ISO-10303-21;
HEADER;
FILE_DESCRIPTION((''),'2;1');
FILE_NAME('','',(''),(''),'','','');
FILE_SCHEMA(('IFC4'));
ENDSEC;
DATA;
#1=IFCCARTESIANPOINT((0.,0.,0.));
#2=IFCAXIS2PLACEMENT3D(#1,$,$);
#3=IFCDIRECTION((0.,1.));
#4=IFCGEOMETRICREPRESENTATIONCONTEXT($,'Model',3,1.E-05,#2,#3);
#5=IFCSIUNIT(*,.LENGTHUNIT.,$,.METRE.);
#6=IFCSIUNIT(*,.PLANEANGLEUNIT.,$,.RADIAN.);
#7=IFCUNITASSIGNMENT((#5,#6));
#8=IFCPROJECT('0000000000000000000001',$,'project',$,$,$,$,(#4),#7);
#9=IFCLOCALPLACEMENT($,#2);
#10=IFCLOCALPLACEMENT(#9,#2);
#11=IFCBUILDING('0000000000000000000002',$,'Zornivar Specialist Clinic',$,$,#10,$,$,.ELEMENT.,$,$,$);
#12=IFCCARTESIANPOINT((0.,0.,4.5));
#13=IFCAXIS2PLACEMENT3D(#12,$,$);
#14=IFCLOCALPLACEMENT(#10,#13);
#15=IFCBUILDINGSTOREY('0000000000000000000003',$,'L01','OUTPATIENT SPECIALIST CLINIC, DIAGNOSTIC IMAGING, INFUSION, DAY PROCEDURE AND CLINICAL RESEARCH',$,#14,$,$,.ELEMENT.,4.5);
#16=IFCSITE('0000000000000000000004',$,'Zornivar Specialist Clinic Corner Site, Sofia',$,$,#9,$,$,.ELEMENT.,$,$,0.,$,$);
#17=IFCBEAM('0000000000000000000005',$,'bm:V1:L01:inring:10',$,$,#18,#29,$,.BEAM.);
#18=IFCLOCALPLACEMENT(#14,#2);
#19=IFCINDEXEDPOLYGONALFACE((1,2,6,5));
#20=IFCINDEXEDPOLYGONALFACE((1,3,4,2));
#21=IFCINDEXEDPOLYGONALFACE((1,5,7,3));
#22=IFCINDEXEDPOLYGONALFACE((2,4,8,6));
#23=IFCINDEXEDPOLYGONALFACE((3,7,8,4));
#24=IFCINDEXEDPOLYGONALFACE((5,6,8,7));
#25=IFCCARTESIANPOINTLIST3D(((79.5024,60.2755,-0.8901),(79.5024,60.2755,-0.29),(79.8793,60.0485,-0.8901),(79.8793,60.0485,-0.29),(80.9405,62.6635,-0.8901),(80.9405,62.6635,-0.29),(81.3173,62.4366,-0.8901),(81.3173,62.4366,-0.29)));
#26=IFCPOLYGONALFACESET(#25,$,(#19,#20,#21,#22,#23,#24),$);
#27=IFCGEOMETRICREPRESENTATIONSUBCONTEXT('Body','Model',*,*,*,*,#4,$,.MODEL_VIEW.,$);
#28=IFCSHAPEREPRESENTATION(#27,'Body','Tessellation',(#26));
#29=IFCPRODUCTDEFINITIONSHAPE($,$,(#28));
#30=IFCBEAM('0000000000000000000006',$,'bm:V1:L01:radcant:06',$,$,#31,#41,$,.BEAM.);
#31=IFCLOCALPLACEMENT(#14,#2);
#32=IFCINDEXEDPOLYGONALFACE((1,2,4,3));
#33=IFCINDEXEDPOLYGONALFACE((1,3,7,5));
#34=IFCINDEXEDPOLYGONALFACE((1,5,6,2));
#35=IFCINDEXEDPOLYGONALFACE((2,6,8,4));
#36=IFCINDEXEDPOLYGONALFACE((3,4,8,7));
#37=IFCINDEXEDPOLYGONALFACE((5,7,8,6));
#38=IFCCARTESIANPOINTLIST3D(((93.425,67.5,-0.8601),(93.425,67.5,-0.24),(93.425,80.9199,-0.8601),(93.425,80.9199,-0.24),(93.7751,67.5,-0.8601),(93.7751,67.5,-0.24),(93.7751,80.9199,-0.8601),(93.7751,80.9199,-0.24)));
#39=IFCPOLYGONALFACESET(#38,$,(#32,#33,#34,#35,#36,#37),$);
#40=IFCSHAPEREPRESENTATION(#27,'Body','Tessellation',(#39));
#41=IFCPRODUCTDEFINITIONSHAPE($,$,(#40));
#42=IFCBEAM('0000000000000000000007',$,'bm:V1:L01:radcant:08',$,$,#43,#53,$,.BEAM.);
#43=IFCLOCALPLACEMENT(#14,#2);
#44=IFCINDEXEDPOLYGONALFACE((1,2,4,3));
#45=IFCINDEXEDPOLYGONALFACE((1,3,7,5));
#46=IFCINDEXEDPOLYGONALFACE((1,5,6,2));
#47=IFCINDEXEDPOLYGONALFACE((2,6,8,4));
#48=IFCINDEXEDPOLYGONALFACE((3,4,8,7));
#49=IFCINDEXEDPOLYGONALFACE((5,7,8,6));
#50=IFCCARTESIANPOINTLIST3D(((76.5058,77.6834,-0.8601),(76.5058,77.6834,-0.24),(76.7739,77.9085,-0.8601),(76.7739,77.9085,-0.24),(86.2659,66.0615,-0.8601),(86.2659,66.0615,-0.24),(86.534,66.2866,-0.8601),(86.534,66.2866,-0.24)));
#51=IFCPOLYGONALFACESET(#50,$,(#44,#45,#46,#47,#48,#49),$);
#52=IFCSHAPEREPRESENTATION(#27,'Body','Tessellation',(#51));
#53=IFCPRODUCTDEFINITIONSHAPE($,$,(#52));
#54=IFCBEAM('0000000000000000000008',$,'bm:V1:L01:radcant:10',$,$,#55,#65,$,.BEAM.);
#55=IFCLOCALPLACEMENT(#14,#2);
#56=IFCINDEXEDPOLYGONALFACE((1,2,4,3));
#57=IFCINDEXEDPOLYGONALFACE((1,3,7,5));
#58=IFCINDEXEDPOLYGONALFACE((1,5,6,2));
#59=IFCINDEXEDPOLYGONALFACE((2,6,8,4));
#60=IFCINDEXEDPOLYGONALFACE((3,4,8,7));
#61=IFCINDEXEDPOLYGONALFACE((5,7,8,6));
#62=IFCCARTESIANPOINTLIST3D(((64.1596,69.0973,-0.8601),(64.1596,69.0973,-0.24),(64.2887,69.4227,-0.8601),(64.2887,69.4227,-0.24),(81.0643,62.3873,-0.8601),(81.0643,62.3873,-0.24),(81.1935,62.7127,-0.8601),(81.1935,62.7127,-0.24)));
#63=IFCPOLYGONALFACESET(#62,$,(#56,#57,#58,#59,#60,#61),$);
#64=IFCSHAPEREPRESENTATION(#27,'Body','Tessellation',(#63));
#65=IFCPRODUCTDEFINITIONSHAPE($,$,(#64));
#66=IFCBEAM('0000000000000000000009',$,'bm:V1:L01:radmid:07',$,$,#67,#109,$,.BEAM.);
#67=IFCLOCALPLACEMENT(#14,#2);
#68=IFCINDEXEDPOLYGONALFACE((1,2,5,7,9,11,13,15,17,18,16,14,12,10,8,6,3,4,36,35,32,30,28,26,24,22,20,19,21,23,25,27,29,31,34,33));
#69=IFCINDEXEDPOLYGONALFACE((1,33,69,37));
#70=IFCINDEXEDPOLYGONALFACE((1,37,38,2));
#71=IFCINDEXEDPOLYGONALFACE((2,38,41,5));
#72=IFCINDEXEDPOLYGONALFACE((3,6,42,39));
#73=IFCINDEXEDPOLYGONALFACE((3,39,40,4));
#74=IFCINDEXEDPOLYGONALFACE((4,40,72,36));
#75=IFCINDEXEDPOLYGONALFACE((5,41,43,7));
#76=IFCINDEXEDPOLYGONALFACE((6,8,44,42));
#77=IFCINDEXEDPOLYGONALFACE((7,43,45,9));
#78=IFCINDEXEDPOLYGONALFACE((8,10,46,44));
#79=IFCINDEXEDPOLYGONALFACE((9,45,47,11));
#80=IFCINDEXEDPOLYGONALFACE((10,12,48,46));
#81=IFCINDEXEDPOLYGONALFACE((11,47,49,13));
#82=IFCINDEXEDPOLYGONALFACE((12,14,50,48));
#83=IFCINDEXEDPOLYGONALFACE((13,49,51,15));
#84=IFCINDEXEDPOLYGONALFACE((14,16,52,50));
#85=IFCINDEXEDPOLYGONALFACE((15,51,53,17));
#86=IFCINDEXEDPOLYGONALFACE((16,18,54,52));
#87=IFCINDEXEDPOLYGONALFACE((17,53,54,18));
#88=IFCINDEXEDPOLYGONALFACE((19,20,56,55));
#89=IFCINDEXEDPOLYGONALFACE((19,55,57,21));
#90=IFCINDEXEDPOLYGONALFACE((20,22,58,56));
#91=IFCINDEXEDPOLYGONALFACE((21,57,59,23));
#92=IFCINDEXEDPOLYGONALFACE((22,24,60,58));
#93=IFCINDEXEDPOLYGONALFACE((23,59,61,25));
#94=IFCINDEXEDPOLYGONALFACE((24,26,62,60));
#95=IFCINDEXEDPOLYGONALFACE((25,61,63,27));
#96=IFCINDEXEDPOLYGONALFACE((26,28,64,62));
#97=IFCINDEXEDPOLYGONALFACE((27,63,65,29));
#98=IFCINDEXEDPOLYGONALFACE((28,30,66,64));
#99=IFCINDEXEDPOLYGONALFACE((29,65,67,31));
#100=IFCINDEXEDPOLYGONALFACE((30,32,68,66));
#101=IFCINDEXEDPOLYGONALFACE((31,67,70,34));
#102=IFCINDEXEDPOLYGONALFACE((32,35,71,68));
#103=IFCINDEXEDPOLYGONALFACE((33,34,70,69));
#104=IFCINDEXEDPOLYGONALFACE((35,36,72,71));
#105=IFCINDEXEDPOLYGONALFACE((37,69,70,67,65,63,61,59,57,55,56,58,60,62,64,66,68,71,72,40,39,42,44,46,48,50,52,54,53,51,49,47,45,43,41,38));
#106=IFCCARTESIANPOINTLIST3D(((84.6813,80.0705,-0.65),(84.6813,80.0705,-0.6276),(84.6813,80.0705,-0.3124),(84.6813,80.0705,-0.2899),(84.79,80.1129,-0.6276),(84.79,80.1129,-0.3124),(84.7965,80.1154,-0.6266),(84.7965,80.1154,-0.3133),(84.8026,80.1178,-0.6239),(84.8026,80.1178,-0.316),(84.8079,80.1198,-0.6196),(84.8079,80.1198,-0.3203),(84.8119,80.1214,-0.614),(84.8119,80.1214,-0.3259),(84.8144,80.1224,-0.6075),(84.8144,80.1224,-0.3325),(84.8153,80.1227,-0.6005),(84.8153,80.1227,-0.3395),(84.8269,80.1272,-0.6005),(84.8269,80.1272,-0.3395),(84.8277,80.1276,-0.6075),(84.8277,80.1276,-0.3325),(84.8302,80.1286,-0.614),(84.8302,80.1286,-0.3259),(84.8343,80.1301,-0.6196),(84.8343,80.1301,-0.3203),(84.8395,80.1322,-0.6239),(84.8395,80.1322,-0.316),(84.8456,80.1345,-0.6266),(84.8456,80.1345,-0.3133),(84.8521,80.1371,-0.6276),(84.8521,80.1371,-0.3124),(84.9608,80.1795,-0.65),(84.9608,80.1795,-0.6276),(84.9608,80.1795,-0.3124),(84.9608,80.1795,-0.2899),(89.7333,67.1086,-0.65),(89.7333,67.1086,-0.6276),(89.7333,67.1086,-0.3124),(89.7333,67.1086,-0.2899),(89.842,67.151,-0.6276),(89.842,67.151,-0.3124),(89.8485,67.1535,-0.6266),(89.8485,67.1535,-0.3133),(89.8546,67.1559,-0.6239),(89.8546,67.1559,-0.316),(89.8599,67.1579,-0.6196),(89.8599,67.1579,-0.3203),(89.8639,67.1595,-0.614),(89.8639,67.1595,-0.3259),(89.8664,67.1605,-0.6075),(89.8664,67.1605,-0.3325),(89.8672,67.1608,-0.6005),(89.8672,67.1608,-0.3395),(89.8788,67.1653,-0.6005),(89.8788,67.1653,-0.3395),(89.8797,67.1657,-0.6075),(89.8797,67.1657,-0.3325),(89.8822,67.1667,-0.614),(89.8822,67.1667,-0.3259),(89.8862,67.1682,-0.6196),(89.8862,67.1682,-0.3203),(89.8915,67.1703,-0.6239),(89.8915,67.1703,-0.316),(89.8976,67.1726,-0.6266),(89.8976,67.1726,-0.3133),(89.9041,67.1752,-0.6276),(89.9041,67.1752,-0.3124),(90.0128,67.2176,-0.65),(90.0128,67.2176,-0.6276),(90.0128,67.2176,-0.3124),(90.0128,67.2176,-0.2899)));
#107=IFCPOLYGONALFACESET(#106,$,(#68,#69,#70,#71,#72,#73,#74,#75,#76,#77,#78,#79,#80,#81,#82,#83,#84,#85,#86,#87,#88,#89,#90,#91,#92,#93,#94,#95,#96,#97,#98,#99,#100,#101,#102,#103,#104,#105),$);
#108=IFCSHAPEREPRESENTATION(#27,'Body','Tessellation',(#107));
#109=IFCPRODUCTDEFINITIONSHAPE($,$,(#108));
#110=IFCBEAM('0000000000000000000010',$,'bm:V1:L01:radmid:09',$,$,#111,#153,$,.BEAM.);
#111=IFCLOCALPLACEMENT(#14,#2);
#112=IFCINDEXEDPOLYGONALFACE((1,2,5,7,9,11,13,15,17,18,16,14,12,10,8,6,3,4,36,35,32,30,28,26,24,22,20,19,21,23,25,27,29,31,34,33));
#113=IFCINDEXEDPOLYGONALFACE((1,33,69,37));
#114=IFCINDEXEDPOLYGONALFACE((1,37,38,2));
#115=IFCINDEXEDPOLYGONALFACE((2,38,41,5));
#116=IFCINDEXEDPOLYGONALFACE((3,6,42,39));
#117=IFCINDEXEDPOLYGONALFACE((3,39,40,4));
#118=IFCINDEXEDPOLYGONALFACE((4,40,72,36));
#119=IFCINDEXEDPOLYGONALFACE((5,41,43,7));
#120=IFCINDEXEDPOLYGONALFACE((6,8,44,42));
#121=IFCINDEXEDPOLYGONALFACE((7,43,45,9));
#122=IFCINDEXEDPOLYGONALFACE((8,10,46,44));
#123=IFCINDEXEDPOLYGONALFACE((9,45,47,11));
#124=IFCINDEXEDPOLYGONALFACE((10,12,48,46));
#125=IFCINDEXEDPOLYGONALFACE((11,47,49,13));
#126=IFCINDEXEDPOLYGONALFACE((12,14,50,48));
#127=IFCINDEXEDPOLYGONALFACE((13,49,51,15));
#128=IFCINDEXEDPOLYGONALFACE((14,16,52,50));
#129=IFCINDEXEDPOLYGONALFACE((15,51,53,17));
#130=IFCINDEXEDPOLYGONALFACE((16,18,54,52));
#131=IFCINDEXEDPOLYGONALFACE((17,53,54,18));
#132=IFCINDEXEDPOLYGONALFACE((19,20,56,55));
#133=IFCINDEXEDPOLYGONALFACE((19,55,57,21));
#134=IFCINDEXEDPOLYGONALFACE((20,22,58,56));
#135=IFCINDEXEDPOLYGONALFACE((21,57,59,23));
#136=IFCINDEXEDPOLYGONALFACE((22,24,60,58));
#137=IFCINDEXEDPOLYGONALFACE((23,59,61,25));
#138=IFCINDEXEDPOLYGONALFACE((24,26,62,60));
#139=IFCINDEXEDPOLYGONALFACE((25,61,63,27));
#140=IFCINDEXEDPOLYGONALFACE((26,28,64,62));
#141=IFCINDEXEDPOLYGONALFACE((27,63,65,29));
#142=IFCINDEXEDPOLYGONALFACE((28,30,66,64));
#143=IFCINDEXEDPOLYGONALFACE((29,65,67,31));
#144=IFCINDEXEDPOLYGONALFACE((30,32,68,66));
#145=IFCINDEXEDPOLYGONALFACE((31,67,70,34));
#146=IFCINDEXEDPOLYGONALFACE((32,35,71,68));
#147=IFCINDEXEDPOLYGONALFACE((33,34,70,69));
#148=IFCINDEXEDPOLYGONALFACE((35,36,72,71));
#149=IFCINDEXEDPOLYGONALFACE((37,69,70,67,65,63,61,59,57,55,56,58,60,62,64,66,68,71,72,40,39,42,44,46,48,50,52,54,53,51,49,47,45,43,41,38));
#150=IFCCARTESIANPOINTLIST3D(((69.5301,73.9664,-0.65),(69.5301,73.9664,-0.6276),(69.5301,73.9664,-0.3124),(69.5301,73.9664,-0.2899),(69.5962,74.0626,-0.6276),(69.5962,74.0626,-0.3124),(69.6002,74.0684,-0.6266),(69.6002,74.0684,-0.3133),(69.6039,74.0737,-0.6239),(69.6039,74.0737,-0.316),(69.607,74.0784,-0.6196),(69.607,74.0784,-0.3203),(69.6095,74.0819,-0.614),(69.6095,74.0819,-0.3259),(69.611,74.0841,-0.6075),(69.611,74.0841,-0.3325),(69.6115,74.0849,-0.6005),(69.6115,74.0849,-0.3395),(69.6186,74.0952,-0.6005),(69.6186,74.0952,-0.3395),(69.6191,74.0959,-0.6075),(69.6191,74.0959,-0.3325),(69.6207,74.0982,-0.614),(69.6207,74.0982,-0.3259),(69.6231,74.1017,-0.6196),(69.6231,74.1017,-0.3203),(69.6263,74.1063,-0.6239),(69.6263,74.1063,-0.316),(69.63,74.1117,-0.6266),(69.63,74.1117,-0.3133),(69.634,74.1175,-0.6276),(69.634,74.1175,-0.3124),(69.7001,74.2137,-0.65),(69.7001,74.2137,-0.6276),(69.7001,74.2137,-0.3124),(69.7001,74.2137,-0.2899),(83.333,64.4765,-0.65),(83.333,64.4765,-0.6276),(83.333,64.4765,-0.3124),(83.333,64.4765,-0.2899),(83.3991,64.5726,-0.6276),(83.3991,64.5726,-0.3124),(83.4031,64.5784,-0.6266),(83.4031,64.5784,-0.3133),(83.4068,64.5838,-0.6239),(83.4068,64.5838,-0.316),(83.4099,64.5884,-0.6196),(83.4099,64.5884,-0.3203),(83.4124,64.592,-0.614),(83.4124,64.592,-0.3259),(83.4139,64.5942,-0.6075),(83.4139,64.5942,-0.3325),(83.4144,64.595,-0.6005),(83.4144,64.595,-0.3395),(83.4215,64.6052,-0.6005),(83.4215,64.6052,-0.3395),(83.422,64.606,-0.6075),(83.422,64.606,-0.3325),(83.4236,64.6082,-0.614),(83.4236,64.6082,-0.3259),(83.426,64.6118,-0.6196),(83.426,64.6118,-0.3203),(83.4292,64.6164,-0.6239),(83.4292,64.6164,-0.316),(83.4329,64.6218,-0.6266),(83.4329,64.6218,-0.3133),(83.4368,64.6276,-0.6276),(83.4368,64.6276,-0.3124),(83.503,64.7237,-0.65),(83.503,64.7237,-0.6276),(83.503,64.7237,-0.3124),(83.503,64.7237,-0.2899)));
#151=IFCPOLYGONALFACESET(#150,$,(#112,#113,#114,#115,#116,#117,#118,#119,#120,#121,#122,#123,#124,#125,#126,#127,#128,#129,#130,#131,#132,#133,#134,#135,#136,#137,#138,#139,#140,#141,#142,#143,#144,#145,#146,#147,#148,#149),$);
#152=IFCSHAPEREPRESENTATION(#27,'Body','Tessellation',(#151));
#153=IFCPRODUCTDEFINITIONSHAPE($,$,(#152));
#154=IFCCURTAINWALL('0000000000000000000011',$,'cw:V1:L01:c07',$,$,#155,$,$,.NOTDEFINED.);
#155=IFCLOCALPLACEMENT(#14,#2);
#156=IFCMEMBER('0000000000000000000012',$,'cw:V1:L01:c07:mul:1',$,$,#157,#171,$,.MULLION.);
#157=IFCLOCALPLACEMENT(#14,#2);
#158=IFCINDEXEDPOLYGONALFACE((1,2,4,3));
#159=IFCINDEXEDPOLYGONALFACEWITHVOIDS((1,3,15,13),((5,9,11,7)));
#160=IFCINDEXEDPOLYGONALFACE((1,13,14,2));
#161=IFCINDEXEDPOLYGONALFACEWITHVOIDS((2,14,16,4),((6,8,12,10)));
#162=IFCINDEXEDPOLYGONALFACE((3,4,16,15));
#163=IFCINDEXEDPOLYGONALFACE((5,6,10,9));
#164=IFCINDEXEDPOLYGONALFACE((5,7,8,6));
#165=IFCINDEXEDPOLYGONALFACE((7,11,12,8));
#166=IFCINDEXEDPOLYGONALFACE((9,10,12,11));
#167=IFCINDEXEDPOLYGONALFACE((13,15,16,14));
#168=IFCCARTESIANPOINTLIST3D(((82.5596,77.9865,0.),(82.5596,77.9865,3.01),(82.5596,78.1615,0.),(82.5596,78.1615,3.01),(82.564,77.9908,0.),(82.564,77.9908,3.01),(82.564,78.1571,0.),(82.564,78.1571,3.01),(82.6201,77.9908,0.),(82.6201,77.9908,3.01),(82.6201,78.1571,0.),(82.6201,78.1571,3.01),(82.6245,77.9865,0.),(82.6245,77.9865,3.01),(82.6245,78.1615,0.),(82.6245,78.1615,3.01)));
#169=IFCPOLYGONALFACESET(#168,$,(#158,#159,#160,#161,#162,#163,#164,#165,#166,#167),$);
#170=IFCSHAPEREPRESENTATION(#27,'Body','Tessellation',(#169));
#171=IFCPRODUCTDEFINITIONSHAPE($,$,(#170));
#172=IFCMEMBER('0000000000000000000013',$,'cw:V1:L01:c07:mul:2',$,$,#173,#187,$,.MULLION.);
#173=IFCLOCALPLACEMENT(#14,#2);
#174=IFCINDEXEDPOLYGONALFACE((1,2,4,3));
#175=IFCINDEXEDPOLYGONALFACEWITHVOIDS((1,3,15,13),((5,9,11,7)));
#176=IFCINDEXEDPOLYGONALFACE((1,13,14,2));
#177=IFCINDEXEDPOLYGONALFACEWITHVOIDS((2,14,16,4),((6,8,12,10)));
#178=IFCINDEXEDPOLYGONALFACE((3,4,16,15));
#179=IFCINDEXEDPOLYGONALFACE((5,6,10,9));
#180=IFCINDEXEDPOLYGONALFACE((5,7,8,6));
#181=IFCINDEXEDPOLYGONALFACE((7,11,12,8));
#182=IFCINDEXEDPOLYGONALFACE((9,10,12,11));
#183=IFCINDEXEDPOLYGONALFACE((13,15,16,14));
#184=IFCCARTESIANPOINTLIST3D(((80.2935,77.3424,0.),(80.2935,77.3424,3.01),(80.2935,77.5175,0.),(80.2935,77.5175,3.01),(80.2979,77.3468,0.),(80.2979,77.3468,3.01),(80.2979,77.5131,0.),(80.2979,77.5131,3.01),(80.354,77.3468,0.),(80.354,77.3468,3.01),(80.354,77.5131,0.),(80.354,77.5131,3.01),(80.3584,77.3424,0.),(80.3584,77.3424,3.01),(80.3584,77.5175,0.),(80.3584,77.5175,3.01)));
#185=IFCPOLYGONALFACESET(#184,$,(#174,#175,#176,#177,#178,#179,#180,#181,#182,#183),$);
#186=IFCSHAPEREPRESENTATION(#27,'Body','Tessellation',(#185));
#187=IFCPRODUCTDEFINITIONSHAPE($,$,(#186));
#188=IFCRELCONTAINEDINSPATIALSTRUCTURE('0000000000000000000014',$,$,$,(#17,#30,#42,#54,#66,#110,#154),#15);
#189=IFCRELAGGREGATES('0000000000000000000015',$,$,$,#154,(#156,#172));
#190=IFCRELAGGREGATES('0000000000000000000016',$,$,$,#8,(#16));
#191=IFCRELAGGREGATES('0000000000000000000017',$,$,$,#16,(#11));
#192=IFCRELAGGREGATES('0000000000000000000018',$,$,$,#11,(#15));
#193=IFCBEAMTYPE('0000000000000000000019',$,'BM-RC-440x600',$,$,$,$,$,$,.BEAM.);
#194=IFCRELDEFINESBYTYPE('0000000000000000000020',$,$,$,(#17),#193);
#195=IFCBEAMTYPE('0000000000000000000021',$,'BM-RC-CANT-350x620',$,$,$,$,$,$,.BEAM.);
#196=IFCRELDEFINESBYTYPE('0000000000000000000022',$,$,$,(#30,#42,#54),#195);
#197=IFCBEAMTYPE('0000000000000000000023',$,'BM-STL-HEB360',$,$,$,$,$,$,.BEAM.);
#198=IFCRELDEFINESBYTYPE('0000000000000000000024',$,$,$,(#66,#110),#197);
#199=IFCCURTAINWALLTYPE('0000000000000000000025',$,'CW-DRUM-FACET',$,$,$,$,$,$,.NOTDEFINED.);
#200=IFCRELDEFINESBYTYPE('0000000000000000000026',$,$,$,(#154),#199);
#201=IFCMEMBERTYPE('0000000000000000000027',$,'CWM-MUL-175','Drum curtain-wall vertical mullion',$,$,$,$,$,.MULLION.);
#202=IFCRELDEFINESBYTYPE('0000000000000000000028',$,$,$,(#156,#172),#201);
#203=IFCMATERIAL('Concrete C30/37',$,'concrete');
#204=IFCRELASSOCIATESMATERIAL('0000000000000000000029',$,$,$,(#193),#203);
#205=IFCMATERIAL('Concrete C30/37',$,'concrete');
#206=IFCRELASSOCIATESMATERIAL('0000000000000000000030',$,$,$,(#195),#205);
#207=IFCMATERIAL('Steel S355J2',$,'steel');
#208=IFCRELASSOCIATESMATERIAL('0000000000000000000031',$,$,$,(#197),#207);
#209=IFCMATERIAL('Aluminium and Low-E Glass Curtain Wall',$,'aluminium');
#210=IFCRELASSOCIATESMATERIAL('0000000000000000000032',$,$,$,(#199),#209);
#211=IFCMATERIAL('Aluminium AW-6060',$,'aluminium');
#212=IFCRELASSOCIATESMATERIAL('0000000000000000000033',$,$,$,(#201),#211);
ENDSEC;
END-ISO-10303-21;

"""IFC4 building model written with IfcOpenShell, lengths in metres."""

from ifc_helpers import new_model, si_unit, direction, frame, origin, origin_2d, place, context, subcontext, project, spatial, rectangle, hollow_rectangle, i_section, extrude, material, material_profile, profile_set, type_object, element, aggregate, save


model = new_model("IFC4")

# Units and contexts
model_context = context("Model", 3, precision=1e-05, world=origin(), true_north=direction((0.0, 1.0)))
body_context = subcontext(model_context, "Body", "Model", "MODEL_VIEW")
ifc_project = project(units=[si_unit("LENGTHUNIT", "METRE"), si_unit("PLANEANGLEUNIT", "RADIAN")], contexts=[model_context])

# Site, building, storey
site_placement = place(None, origin())
site = spatial("IfcSite", under=ifc_project, at=site_placement, Name="Zornivar Specialist Clinic Corner Site, Sofia", CompositionType="ELEMENT", RefElevation=0.0)
building_placement = place(site_placement, origin())
building = spatial("IfcBuilding", under=site, at=building_placement, Name="Zornivar Specialist Clinic", CompositionType="ELEMENT")
storey_placement = place(building_placement, frame((0.0, 0.0, 4.5)))
storey = spatial("IfcBuildingStorey", under=building, at=storey_placement, Name="L01", Description="OUTPATIENT SPECIALIST CLINIC, DIAGNOSTIC IMAGING, INFUSION, DAY PROCEDURE AND CLINICAL RESEARCH", CompositionType="ELEMENT", Elevation=4.5)

# Beams
ifc_material_1 = material(Name="Concrete C30/37", Category="concrete")
ifc_material_profile_1 = material_profile(ifc_material_1, rectangle(XDim=0.4399, YDim=0.6001, at=origin_2d()), Name="RC 440x600")
ifc_profile_set_1 = profile_set([ifc_material_profile_1], Name="Concrete C30/37")
beam_type_1 = type_object("IfcBeamType", Name="BM-RC-440x600", PredefinedType="BEAM", material=ifc_profile_set_1)
beam_1_placement = place(storey_placement, frame((81.1289, 62.55, -0.5901), z_axis=(-0.515873, -0.856665, 0.0), x_axis=(0.856665, -0.515873, 0.0)))
element("IfcBeam", 1, at=beam_1_placement, inside=storey, type_object=beam_type_1, Name="bm:V1:L01:inring:10", PredefinedType="BEAM", context=body_context, shape_type="SweptSolid", body=[
    extrude(rectangle(XDim=0.4399, YDim=0.6001, at=origin_2d()), origin(), (0.0, 0.0, 1.0), 2.7876),
])
ifc_material_2 = material(Name="Concrete C30/37", Category="concrete")
ifc_material_profile_2 = material_profile(ifc_material_2, rectangle(XDim=0.3501, YDim=0.6201, at=origin_2d()), Name="RC 350x620")
ifc_profile_set_2 = profile_set([ifc_material_profile_2], Name="Concrete C30/37")
beam_type_2 = type_object("IfcBeamType", Name="BM-RC-CANT-350x620", PredefinedType="BEAM", material=ifc_profile_set_2)
beam_2_placement = place(storey_placement, frame((93.6001, 67.5, -0.55), z_axis=(0.0, 1.0, 0.0), x_axis=(-1.0, 0.0, 0.0)))
element("IfcBeam", 2, at=beam_2_placement, inside=storey, type_object=beam_type_2, Name="bm:V1:L01:radcant:06", PredefinedType="BEAM", context=body_context, shape_type="SweptSolid", body=[
    extrude(rectangle(XDim=0.3501, YDim=0.6201, at=origin_2d()), origin(), (0.0, 0.0, 1.0), 13.4199),
])
beam_3_placement = place(storey_placement, frame((86.3999, 66.1741, -0.55), z_axis=(-0.643102, 0.76578, 0.0), x_axis=(-0.76578, -0.643102, 0.0)))
element("IfcBeam", 3, at=beam_3_placement, inside=storey, type_object=beam_type_2, Name="bm:V1:L01:radcant:08", PredefinedType="BEAM", context=body_context, shape_type="SweptSolid", body=[
    extrude(rectangle(XDim=0.3501, YDim=0.6201, at=origin_2d()), origin(), (0.0, 0.0, 1.0), 15.1765),
])
beam_4_placement = place(storey_placement, frame((81.1289, 62.55, -0.55), z_axis=(-0.929458, 0.368927, 0.0), x_axis=(-0.368927, -0.929458, 0.0)))
element("IfcBeam", 4, at=beam_4_placement, inside=storey, type_object=beam_type_2, Name="bm:V1:L01:radcant:10", PredefinedType="BEAM", context=body_context, shape_type="SweptSolid", body=[
    extrude(rectangle(XDim=0.3501, YDim=0.6201, at=origin_2d()), origin(), (0.0, 0.0, 1.0), 18.1877),
])
ifc_material_3 = material(Name="Steel S355J2", Category="steel")
ifc_material_profile_3 = material_profile(ifc_material_3, i_section(OverallWidth=0.3, OverallDepth=0.3601, WebThickness=0.0125, FlangeThickness=0.0225, FilletRadius=0.0271, at=origin_2d()), Name="HEB 360")
ifc_profile_set_3 = profile_set([ifc_material_profile_3], Name="Steel S355J2")
beam_type_3 = type_object("IfcBeamType", Name="BM-STL-HEB360", PredefinedType="BEAM", material=ifc_profile_set_3)
beam_5_placement = place(storey_placement, frame((89.873, 67.1631, -0.47), z_axis=(-0.363149, 0.931731, 0.0), x_axis=(-0.931731, -0.363149, 0.0)))
element("IfcBeam", 5, at=beam_5_placement, inside=storey, type_object=beam_type_3, Name="bm:V1:L01:radmid:07", PredefinedType="BEAM", context=body_context, shape_type="SweptSolid", body=[
    extrude(i_section(OverallWidth=0.3, OverallDepth=0.3601, WebThickness=0.0125, FlangeThickness=0.0225, FilletRadius=0.0271, at=origin_2d()), origin(), (0.0, 0.0, 1.0), 13.9116),
])
beam_6_placement = place(storey_placement, frame((83.418, 64.6001, -0.47), z_axis=(-0.82403, 0.566547, 0.0), x_axis=(-0.566547, -0.82403, 0.0)))
element("IfcBeam", 6, at=beam_6_placement, inside=storey, type_object=beam_type_3, Name="bm:V1:L01:radmid:09", PredefinedType="BEAM", context=body_context, shape_type="SweptSolid", body=[
    extrude(i_section(OverallWidth=0.3, OverallDepth=0.3601, WebThickness=0.0125, FlangeThickness=0.0225, FilletRadius=0.0271, at=origin_2d()), origin(), (0.0, 0.0, 1.0), 16.7505),
])

# Curtain wall, members
ifc_material_4 = material(Name="Aluminium and Low-E Glass Curtain Wall", Category="aluminium")
curtain_wall_type = type_object("IfcCurtainWallType", Name="CW-DRUM-FACET", PredefinedType="NOTDEFINED", material=ifc_material_4)
curtain_wall_placement = place(storey_placement, origin())
curtain_wall = element("IfcCurtainWall", 7, at=curtain_wall_placement, inside=storey, type_object=curtain_wall_type, Name="cw:V1:L01:c07", PredefinedType="NOTDEFINED")
ifc_material_5 = material(Name="Aluminium AW-6060", Category="aluminium")
ifc_material_profile_4 = material_profile(ifc_material_5, hollow_rectangle(XDim=0.0649, YDim=0.175, WallThickness=0.0044, at=origin_2d()), Name="ALU 65x175x4.5")
ifc_profile_set_4 = profile_set([ifc_material_profile_4], Name="Aluminium AW-6060")
member_type = type_object("IfcMemberType", Name="CWM-MUL-175", Description="Drum curtain-wall vertical mullion", PredefinedType="MULLION", material=ifc_profile_set_4)
member_1_placement = place(storey_placement, frame((82.592, 78.074, 0.0), z_axis=(0.0, 0.0, 1.0), x_axis=(1.0, 0.0, 0.0)))
member_1 = element("IfcMember", 8, at=member_1_placement, type_object=member_type, Name="cw:V1:L01:c07:mul:1", PredefinedType="MULLION", context=body_context, shape_type="SweptSolid", body=[
    extrude(hollow_rectangle(XDim=0.0649, YDim=0.175, WallThickness=0.0044, at=origin_2d()), origin(), (0.0, 0.0, 1.0), 3.01),
])
member_2_placement = place(storey_placement, frame((80.3259, 77.4299, 0.0), z_axis=(0.0, 0.0, 1.0), x_axis=(1.0, 0.0, 0.0)))
member_2 = element("IfcMember", 9, at=member_2_placement, type_object=member_type, Name="cw:V1:L01:c07:mul:2", PredefinedType="MULLION", context=body_context, shape_type="SweptSolid", body=[
    extrude(hollow_rectangle(XDim=0.0649, YDim=0.175, WallThickness=0.0044, at=origin_2d()), origin(), (0.0, 0.0, 1.0), 3.01),
])
aggregate(curtain_wall, [member_1, member_2])

save(model, "model.ifc")
